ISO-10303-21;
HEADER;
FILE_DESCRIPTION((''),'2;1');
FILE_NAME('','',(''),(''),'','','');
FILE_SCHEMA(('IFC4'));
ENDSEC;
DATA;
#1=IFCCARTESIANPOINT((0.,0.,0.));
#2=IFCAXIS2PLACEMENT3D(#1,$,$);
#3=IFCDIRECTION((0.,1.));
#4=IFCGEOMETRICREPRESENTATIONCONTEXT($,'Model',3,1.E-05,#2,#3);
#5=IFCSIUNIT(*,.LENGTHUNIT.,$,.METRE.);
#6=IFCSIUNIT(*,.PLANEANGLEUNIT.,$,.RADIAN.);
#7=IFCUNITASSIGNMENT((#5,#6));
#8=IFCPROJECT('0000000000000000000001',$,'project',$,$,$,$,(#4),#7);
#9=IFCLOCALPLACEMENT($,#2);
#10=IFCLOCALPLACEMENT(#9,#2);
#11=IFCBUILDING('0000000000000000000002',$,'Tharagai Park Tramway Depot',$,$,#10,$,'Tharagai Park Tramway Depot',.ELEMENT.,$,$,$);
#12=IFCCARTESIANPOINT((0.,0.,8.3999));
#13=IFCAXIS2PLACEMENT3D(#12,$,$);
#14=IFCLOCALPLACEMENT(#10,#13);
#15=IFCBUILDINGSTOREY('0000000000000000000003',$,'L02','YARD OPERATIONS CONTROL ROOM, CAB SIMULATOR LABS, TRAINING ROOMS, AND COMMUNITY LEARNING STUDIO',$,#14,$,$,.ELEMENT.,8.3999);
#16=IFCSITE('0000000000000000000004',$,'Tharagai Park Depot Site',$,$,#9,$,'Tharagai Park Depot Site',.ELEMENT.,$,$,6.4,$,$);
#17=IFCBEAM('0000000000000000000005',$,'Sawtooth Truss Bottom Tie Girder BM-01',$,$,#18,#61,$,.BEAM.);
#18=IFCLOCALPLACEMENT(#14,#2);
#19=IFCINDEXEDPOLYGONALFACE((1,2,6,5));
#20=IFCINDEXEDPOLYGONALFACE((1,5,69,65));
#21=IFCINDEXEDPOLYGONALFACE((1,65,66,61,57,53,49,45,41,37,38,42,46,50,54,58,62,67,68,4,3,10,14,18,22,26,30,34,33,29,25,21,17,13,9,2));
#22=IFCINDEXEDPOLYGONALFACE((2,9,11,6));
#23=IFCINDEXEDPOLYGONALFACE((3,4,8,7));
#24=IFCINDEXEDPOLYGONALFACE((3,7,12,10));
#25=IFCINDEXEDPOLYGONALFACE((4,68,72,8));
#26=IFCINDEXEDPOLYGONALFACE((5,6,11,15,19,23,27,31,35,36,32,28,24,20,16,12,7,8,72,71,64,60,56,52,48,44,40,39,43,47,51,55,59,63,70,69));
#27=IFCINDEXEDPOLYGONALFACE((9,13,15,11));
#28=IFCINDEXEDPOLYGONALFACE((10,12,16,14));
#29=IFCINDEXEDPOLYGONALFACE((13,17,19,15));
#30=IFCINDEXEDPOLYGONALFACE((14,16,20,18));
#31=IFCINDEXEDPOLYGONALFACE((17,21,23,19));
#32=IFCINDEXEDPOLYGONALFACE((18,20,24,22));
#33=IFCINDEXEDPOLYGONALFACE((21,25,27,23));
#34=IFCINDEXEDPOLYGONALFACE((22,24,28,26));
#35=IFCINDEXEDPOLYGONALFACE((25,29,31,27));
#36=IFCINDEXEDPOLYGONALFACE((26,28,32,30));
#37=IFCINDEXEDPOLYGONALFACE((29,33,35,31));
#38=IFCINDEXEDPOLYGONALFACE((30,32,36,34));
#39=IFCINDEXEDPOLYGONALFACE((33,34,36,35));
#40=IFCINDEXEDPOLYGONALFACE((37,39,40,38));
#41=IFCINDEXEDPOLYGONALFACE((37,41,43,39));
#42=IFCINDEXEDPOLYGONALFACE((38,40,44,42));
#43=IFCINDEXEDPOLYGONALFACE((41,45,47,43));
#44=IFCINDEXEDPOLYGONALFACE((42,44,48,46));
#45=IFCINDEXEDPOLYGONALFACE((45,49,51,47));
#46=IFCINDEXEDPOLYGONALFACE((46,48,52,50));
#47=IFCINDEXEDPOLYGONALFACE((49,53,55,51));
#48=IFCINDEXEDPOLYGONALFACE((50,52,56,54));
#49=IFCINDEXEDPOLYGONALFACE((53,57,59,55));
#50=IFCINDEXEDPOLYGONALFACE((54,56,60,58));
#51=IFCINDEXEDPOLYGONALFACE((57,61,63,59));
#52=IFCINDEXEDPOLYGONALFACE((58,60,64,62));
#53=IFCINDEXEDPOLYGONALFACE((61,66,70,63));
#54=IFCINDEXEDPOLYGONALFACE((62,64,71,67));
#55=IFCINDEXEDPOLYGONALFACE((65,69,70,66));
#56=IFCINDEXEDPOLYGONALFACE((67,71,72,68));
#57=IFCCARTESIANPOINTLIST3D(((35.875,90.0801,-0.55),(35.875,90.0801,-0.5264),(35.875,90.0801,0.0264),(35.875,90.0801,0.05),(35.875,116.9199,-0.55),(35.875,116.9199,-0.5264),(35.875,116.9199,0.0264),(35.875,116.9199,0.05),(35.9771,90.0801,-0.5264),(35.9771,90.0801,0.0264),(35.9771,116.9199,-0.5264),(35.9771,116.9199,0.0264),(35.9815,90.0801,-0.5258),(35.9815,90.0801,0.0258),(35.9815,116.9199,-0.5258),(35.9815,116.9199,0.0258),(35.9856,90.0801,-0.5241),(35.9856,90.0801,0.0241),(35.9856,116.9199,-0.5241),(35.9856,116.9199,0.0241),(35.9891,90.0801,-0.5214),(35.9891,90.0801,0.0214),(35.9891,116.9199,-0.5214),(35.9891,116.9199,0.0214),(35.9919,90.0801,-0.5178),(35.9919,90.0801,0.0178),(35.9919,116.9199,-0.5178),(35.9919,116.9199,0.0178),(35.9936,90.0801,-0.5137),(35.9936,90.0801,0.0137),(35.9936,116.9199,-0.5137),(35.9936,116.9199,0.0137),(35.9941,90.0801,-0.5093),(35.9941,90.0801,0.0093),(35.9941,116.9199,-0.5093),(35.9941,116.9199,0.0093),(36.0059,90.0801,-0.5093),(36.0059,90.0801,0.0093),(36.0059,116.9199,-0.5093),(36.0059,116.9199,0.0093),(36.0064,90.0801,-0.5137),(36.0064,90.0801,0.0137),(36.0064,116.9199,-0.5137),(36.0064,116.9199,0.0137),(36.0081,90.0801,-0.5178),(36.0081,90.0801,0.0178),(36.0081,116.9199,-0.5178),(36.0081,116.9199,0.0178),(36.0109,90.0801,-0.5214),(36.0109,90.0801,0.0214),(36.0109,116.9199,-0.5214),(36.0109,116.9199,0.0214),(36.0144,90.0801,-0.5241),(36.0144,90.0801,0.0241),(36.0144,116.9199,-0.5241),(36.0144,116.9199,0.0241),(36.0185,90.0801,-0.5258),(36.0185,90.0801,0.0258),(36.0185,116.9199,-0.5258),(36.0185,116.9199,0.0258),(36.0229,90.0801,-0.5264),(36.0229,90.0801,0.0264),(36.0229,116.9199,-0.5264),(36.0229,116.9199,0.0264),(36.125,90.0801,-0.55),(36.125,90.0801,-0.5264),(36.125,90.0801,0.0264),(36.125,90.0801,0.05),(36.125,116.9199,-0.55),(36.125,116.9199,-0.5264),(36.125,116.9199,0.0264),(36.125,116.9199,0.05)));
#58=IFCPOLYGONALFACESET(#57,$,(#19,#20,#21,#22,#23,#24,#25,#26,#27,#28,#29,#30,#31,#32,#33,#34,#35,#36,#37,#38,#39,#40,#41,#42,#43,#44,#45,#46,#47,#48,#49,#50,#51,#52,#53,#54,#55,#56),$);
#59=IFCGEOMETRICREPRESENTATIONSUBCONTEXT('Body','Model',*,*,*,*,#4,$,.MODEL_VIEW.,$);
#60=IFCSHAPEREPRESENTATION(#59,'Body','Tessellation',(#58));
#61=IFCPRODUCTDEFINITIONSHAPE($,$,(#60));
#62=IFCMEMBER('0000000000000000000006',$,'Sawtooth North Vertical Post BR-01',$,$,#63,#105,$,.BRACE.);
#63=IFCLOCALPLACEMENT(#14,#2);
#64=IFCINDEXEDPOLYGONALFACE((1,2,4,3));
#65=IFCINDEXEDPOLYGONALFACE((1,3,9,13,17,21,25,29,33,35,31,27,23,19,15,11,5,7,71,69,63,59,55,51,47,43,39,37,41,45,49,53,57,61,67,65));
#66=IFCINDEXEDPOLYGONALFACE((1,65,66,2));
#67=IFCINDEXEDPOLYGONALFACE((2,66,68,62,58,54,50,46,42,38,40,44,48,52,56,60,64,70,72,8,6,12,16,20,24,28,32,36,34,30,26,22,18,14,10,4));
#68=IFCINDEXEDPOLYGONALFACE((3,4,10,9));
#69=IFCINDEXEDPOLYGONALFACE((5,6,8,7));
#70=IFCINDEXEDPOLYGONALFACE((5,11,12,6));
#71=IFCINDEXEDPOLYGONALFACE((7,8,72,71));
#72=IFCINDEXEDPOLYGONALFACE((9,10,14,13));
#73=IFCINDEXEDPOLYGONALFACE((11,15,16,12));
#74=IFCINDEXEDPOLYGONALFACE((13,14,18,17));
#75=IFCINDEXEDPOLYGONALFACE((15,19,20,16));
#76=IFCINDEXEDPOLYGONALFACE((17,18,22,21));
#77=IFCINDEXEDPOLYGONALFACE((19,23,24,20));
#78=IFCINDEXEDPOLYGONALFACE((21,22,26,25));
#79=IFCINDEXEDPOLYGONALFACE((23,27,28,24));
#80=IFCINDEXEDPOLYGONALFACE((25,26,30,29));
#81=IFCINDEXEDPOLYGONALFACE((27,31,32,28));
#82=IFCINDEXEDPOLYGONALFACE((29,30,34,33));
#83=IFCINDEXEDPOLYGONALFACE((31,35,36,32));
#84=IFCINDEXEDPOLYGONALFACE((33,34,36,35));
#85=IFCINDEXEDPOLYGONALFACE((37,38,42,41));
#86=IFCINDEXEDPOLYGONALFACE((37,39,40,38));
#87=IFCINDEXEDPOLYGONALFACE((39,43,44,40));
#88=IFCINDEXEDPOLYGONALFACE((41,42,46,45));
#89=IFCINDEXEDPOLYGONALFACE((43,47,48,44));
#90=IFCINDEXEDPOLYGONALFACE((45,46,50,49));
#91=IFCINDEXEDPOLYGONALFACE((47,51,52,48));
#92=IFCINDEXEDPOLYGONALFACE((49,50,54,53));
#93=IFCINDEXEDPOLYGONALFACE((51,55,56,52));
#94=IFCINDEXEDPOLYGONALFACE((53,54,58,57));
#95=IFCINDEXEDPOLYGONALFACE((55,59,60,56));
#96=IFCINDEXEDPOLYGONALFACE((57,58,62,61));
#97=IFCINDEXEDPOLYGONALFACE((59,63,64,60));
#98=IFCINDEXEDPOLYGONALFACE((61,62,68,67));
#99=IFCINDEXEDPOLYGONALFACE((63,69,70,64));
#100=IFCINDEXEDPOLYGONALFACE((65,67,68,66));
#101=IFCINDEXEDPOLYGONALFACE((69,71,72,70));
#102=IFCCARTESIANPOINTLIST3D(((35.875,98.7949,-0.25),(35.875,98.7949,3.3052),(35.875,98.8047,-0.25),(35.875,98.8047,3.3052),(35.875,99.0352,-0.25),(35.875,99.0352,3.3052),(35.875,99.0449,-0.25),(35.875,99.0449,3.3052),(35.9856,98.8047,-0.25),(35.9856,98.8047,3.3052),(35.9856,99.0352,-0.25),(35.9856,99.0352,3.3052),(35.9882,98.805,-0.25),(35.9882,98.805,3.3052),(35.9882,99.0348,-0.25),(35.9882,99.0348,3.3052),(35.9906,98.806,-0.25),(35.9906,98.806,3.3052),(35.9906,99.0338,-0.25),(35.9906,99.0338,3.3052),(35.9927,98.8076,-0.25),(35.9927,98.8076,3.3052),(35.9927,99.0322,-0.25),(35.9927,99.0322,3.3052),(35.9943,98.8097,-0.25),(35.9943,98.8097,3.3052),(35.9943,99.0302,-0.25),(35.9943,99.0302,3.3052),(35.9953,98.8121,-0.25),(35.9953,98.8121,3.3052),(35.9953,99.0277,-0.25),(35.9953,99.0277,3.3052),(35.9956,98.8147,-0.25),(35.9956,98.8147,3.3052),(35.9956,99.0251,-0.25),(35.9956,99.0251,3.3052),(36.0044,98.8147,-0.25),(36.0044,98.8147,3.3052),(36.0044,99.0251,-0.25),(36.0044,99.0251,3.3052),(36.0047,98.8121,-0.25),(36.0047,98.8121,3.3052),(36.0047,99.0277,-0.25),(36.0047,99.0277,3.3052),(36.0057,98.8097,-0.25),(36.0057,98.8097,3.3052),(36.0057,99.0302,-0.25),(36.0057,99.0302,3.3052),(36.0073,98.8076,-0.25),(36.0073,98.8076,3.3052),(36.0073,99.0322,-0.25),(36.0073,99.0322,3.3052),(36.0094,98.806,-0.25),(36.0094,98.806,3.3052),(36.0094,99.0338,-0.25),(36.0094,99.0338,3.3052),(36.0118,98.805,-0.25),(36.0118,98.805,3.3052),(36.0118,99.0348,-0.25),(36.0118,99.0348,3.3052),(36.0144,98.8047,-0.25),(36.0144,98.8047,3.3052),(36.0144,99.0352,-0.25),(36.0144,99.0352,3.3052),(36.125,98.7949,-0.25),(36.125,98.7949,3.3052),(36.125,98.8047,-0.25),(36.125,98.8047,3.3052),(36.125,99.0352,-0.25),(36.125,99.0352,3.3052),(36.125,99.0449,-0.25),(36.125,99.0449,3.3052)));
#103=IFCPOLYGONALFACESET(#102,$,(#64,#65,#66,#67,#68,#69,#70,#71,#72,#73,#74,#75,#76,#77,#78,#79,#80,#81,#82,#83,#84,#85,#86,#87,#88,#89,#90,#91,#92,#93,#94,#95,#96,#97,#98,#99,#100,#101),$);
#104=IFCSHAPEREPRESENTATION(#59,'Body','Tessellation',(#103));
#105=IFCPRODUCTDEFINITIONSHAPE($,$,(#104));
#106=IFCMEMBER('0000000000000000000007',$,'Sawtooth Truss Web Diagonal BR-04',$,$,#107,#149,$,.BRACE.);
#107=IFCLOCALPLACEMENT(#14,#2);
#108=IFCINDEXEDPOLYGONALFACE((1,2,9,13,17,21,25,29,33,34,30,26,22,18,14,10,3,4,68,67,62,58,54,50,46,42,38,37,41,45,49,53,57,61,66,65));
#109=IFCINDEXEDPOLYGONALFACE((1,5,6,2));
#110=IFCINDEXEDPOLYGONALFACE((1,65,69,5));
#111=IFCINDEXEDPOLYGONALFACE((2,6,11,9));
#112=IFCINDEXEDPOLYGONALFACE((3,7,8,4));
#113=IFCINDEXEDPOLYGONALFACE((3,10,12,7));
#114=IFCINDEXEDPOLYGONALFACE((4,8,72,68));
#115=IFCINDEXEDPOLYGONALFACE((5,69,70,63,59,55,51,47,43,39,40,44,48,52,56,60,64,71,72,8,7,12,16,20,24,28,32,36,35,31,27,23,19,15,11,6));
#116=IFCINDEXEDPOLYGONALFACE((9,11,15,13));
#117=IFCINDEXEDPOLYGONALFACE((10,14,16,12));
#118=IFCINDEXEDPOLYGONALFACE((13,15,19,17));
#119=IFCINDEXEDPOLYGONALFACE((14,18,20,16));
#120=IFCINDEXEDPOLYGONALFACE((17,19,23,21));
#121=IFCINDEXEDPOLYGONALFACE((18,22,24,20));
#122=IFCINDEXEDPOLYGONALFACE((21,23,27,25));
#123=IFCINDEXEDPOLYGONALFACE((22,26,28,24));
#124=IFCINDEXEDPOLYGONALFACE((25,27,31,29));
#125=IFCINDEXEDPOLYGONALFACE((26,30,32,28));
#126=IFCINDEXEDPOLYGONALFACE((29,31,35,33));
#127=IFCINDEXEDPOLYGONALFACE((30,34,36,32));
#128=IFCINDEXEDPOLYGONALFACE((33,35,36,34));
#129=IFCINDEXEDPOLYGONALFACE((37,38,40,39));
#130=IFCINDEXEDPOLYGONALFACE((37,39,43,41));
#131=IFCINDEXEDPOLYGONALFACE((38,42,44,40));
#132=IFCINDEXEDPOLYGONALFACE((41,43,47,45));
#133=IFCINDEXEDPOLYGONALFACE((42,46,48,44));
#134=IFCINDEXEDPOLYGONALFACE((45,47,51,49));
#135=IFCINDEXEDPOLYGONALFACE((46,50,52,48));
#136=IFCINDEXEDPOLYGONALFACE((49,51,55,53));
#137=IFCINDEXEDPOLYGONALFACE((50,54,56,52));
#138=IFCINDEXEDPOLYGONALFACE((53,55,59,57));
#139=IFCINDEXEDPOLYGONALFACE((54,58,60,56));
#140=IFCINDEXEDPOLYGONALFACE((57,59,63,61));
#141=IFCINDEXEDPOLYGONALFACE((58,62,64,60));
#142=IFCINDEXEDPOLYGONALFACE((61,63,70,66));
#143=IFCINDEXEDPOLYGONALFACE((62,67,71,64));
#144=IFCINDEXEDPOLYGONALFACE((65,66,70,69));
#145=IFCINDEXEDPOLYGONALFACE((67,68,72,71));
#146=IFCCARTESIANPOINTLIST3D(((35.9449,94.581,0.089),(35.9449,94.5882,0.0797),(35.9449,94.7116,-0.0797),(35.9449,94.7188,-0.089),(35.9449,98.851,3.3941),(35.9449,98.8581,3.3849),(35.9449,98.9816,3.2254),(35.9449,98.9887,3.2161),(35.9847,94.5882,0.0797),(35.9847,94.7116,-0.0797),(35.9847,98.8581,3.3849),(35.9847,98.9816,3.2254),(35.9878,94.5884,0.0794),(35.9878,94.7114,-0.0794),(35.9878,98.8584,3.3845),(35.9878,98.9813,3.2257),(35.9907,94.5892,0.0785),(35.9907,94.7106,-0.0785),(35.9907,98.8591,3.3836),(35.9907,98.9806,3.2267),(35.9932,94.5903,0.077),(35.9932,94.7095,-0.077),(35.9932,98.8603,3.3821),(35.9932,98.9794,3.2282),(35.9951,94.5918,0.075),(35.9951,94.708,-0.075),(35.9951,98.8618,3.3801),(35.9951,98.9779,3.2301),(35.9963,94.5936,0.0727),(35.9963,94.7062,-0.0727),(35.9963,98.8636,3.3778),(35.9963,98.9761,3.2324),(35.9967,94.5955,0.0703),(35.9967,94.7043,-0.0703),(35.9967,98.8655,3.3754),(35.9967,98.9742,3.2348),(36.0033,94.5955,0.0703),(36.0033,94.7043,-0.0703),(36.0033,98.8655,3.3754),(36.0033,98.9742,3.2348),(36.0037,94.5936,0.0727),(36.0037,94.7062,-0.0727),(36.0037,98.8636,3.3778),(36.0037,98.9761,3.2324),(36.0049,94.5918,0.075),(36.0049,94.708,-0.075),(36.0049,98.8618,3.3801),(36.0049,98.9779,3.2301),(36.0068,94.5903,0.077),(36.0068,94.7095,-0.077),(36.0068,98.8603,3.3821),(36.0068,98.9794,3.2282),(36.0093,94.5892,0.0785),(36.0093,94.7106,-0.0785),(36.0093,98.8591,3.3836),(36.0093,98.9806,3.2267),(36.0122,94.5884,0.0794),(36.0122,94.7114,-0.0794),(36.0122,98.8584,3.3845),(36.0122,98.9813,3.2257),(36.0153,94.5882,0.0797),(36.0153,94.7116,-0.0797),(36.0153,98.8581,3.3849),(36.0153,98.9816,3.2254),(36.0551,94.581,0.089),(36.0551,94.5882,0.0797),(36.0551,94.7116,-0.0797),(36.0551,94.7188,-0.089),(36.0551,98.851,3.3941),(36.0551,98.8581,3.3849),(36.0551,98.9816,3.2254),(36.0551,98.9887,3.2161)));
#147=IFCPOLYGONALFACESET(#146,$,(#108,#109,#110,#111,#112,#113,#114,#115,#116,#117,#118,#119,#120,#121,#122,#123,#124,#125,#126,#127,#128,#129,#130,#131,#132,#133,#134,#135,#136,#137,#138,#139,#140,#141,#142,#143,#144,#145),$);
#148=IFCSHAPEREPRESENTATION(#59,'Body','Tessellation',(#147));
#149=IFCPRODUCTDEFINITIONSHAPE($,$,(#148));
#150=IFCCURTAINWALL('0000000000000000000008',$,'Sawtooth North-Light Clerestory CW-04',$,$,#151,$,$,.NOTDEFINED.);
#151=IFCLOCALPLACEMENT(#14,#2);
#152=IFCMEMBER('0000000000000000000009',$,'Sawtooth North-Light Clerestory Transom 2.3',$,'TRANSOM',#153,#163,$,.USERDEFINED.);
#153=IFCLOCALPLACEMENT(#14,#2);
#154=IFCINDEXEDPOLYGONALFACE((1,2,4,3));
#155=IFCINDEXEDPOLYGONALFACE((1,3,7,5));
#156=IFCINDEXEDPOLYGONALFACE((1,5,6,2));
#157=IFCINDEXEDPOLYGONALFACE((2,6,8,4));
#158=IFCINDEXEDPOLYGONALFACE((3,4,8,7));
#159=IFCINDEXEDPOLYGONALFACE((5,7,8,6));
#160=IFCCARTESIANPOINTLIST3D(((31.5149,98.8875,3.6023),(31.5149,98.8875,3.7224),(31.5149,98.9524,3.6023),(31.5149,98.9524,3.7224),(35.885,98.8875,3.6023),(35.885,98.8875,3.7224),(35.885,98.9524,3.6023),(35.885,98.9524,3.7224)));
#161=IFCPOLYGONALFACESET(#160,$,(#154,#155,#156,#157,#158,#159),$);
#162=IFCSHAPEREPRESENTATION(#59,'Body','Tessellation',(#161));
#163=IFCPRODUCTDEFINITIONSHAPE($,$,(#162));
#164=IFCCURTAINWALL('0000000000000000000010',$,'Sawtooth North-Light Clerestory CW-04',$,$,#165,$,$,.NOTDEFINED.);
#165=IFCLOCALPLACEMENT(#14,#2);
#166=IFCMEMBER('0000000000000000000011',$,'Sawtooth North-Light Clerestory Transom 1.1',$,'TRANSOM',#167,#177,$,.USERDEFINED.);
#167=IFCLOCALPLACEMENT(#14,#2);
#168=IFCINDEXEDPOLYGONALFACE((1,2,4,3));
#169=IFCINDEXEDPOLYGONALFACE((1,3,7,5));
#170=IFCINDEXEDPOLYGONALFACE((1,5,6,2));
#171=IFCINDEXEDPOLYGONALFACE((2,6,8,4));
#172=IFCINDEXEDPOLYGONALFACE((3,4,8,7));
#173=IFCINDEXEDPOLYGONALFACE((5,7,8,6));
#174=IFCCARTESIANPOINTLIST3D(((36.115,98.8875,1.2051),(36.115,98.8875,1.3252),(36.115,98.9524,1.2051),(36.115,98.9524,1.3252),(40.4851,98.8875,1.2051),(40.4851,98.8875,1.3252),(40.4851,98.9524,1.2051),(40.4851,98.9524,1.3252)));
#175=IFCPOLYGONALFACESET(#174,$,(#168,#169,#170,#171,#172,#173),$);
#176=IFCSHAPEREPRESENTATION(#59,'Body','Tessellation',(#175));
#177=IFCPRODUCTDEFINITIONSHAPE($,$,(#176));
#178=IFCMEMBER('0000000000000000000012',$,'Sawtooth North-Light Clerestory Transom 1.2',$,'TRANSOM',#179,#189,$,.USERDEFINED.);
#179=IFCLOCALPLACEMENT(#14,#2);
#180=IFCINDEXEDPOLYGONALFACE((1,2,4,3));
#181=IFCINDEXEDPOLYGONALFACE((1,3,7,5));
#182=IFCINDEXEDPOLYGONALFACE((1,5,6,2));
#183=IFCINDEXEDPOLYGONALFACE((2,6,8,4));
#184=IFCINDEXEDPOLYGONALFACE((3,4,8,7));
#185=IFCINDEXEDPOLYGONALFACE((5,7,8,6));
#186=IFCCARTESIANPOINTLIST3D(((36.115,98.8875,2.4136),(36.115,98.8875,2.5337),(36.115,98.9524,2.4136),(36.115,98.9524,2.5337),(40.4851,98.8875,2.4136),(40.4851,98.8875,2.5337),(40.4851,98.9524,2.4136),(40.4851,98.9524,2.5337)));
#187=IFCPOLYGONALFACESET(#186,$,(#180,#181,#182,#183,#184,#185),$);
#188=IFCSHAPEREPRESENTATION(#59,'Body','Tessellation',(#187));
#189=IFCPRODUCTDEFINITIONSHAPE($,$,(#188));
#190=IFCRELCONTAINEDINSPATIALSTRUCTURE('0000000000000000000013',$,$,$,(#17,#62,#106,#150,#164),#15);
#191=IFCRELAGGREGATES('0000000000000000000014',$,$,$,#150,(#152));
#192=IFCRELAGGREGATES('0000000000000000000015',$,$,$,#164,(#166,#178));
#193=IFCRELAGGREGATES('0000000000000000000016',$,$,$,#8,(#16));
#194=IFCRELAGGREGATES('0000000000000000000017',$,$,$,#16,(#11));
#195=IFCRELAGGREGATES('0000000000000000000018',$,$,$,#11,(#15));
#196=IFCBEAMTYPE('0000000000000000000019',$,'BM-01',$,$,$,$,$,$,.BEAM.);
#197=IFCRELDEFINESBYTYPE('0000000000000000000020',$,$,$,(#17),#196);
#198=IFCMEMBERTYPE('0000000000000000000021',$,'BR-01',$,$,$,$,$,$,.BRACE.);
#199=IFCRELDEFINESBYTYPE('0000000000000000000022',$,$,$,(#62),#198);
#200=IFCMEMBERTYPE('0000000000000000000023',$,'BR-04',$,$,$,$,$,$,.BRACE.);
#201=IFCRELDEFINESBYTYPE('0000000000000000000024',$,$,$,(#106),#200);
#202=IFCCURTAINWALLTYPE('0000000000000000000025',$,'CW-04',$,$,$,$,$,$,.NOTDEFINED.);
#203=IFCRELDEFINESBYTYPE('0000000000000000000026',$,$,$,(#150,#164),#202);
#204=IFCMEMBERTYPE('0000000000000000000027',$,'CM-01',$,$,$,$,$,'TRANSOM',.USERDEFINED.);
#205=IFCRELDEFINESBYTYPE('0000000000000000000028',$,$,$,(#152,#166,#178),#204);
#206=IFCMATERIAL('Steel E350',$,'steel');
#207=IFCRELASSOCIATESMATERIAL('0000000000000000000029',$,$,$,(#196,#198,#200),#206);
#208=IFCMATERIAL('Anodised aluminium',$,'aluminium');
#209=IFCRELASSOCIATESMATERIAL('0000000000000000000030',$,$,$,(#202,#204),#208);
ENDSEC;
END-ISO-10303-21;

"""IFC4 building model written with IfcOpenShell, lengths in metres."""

from ifc_helpers import new_model, si_unit, direction, frame, origin, origin_2d, place, context, subcontext, project, spatial, rectangle, i_section, extrude, material, material_profile, profile_set, type_object, element, aggregate, save


model = new_model("IFC4")

# Units and contexts
model_context = context("Model", 3, precision=1e-05, world=origin(), true_north=direction((0.0, 1.0)))
body_context = subcontext(model_context, "Body", "Model", "MODEL_VIEW")
ifc_project = project(units=[si_unit("LENGTHUNIT", "METRE"), si_unit("PLANEANGLEUNIT", "RADIAN")], contexts=[model_context])

# Site, building, storey
site_placement = place(None, origin())
site = spatial("IfcSite", under=ifc_project, at=site_placement, Name="Tharagai Park Depot Site", LongName="Tharagai Park Depot Site", CompositionType="ELEMENT", RefElevation=6.4)
building_placement = place(site_placement, origin())
building = spatial("IfcBuilding", under=site, at=building_placement, Name="Tharagai Park Tramway Depot", LongName="Tharagai Park Tramway Depot", CompositionType="ELEMENT")
storey_placement = place(building_placement, frame((0.0, 0.0, 8.3999)))
storey = spatial("IfcBuildingStorey", under=building, at=storey_placement, Name="L02", Description="YARD OPERATIONS CONTROL ROOM, CAB SIMULATOR LABS, TRAINING ROOMS, AND COMMUNITY LEARNING STUDIO", CompositionType="ELEMENT", Elevation=8.3999)

# Beam
ifc_material_1 = material(Name="Steel E350", Category="steel")
ifc_material_profile_1 = material_profile(ifc_material_1, i_section(OverallWidth=0.25, OverallDepth=0.6001, WebThickness=0.0117, FlangeThickness=0.0237, FilletRadius=0.0171, at=origin_2d()), Name="ISWB 600")
ifc_profile_set_1 = profile_set([ifc_material_profile_1], Name="Steel E350")
beam_type = type_object("IfcBeamType", Name="BM-01", PredefinedType="BEAM", material=ifc_profile_set_1)
beam_placement = place(storey_placement, frame((36.0, 90.0801, -0.25), z_axis=(0.0, 1.0, 0.0), x_axis=(-1.0, 0.0, 0.0)))
element("IfcBeam", 1, at=beam_placement, inside=storey, type_object=beam_type, Name="Sawtooth Truss Bottom Tie Girder BM-01", PredefinedType="BEAM", context=body_context, shape_type="SweptSolid", body=[
    extrude(i_section(OverallWidth=0.25, OverallDepth=0.6001, WebThickness=0.0117, FlangeThickness=0.0237, FilletRadius=0.0171, at=origin_2d()), origin(), (0.0, 0.0, 1.0), 26.8398),
])

# Members
ifc_material_profile_2 = material_profile(ifc_material_1, i_section(OverallWidth=0.25, OverallDepth=0.25, WebThickness=0.0088, FlangeThickness=0.0098, FilletRadius=0.01, at=origin_2d()), Name="ISHB 250")
ifc_profile_set_2 = profile_set([ifc_material_profile_2], Name="Steel E350")
member_type_1 = type_object("IfcMemberType", Name="BR-01", PredefinedType="BRACE", material=ifc_profile_set_2)
member_1_placement = place(storey_placement, frame((36.0, 98.9199, -0.25), z_axis=(0.0, 0.0, 1.0), x_axis=(1.0, 0.0, 0.0)))
element("IfcMember", 2, at=member_1_placement, inside=storey, type_object=member_type_1, Name="Sawtooth North Vertical Post BR-01", PredefinedType="BRACE", context=body_context, shape_type="SweptSolid", body=[
    extrude(i_section(OverallWidth=0.25, OverallDepth=0.25, WebThickness=0.0088, FlangeThickness=0.0098, FilletRadius=0.01, at=origin_2d()), origin(), (0.0, 0.0, 1.0), 3.5552),
])
ifc_material_profile_3 = material_profile(ifc_material_1, i_section(OverallWidth=0.1101, OverallDepth=0.2251, WebThickness=0.0066, FlangeThickness=0.0117, FilletRadius=0.012, at=origin_2d()), Name="ISMB 225")
ifc_profile_set_3 = profile_set([ifc_material_profile_3], Name="Steel E350")
member_type_2 = type_object("IfcMemberType", Name="BR-04", PredefinedType="BRACE", material=ifc_profile_set_3)
member_2_placement = place(storey_placement, frame((36.0, 94.6499, 0.0), z_axis=(0.0, 0.790782, 0.612098), x_axis=(-1.0, 0.0, 0.0)))
element("IfcMember", 3, at=member_2_placement, inside=storey, type_object=member_type_2, Name="Sawtooth Truss Web Diagonal BR-04", PredefinedType="BRACE", context=body_context, shape_type="SweptSolid", body=[
    extrude(i_section(OverallWidth=0.1101, OverallDepth=0.2251, WebThickness=0.0066, FlangeThickness=0.0117, FilletRadius=0.012, at=origin_2d()), origin(), (0.0, 0.0, 1.0), 5.3997),
])

# Curtain wall, member
ifc_material_2 = material(Name="Anodised aluminium", Category="aluminium")
curtain_wall_type = type_object("IfcCurtainWallType", Name="CW-04", PredefinedType="NOTDEFINED", material=ifc_material_2)
curtain_wall_1_placement = place(storey_placement, origin())
curtain_wall_1 = element("IfcCurtainWall", 4, at=curtain_wall_1_placement, inside=storey, type_object=curtain_wall_type, Name="Sawtooth North-Light Clerestory CW-04", PredefinedType="NOTDEFINED")
ifc_material_profile_4 = material_profile(ifc_material_2, rectangle(XDim=0.0649, YDim=0.1201, at=origin_2d()), Name="ALU 65x120")
ifc_profile_set_4 = profile_set([ifc_material_profile_4], Name="Anodised aluminium")
member_type_3 = type_object("IfcMemberType", Name="CM-01", ElementType="TRANSOM", PredefinedType="USERDEFINED", material=ifc_profile_set_4)
member_3_placement = place(storey_placement, frame((31.5149, 98.9199, 3.6624), z_axis=(1.0, 0.0, 0.0), x_axis=(0.0, 1.0, 0.0)))
member_3 = element("IfcMember", 5, at=member_3_placement, type_object=member_type_3, Name="Sawtooth North-Light Clerestory Transom 2.3", ObjectType="TRANSOM", PredefinedType="USERDEFINED", context=body_context, shape_type="SweptSolid", body=[
    extrude(rectangle(XDim=0.0649, YDim=0.1201, at=origin_2d()), origin(), (0.0, 0.0, 1.0), 4.3701),
])

# Curtain wall, members
curtain_wall_2_placement = place(storey_placement, origin())
curtain_wall_2 = element("IfcCurtainWall", 6, at=curtain_wall_2_placement, inside=storey, type_object=curtain_wall_type, Name="Sawtooth North-Light Clerestory CW-04", PredefinedType="NOTDEFINED")
member_4_placement = place(storey_placement, frame((36.115, 98.9199, 1.2651), z_axis=(1.0, 0.0, 0.0), x_axis=(0.0, 1.0, 0.0)))
member_4 = element("IfcMember", 7, at=member_4_placement, type_object=member_type_3, Name="Sawtooth North-Light Clerestory Transom 1.1", ObjectType="TRANSOM", PredefinedType="USERDEFINED", context=body_context, shape_type="SweptSolid", body=[
    extrude(rectangle(XDim=0.0649, YDim=0.1201, at=origin_2d()), origin(), (0.0, 0.0, 1.0), 4.3701),
])
member_5_placement = place(storey_placement, frame((36.115, 98.9199, 2.4736), z_axis=(1.0, 0.0, 0.0), x_axis=(0.0, 1.0, 0.0)))
member_5 = element("IfcMember", 8, at=member_5_placement, type_object=member_type_3, Name="Sawtooth North-Light Clerestory Transom 1.2", ObjectType="TRANSOM", PredefinedType="USERDEFINED", context=body_context, shape_type="SweptSolid", body=[
    extrude(rectangle(XDim=0.0649, YDim=0.1201, at=origin_2d()), origin(), (0.0, 0.0, 1.0), 4.3701),
])

aggregate(curtain_wall_1, [member_3])
aggregate(curtain_wall_2, [member_4, member_5])

save(model, "model.ifc")
